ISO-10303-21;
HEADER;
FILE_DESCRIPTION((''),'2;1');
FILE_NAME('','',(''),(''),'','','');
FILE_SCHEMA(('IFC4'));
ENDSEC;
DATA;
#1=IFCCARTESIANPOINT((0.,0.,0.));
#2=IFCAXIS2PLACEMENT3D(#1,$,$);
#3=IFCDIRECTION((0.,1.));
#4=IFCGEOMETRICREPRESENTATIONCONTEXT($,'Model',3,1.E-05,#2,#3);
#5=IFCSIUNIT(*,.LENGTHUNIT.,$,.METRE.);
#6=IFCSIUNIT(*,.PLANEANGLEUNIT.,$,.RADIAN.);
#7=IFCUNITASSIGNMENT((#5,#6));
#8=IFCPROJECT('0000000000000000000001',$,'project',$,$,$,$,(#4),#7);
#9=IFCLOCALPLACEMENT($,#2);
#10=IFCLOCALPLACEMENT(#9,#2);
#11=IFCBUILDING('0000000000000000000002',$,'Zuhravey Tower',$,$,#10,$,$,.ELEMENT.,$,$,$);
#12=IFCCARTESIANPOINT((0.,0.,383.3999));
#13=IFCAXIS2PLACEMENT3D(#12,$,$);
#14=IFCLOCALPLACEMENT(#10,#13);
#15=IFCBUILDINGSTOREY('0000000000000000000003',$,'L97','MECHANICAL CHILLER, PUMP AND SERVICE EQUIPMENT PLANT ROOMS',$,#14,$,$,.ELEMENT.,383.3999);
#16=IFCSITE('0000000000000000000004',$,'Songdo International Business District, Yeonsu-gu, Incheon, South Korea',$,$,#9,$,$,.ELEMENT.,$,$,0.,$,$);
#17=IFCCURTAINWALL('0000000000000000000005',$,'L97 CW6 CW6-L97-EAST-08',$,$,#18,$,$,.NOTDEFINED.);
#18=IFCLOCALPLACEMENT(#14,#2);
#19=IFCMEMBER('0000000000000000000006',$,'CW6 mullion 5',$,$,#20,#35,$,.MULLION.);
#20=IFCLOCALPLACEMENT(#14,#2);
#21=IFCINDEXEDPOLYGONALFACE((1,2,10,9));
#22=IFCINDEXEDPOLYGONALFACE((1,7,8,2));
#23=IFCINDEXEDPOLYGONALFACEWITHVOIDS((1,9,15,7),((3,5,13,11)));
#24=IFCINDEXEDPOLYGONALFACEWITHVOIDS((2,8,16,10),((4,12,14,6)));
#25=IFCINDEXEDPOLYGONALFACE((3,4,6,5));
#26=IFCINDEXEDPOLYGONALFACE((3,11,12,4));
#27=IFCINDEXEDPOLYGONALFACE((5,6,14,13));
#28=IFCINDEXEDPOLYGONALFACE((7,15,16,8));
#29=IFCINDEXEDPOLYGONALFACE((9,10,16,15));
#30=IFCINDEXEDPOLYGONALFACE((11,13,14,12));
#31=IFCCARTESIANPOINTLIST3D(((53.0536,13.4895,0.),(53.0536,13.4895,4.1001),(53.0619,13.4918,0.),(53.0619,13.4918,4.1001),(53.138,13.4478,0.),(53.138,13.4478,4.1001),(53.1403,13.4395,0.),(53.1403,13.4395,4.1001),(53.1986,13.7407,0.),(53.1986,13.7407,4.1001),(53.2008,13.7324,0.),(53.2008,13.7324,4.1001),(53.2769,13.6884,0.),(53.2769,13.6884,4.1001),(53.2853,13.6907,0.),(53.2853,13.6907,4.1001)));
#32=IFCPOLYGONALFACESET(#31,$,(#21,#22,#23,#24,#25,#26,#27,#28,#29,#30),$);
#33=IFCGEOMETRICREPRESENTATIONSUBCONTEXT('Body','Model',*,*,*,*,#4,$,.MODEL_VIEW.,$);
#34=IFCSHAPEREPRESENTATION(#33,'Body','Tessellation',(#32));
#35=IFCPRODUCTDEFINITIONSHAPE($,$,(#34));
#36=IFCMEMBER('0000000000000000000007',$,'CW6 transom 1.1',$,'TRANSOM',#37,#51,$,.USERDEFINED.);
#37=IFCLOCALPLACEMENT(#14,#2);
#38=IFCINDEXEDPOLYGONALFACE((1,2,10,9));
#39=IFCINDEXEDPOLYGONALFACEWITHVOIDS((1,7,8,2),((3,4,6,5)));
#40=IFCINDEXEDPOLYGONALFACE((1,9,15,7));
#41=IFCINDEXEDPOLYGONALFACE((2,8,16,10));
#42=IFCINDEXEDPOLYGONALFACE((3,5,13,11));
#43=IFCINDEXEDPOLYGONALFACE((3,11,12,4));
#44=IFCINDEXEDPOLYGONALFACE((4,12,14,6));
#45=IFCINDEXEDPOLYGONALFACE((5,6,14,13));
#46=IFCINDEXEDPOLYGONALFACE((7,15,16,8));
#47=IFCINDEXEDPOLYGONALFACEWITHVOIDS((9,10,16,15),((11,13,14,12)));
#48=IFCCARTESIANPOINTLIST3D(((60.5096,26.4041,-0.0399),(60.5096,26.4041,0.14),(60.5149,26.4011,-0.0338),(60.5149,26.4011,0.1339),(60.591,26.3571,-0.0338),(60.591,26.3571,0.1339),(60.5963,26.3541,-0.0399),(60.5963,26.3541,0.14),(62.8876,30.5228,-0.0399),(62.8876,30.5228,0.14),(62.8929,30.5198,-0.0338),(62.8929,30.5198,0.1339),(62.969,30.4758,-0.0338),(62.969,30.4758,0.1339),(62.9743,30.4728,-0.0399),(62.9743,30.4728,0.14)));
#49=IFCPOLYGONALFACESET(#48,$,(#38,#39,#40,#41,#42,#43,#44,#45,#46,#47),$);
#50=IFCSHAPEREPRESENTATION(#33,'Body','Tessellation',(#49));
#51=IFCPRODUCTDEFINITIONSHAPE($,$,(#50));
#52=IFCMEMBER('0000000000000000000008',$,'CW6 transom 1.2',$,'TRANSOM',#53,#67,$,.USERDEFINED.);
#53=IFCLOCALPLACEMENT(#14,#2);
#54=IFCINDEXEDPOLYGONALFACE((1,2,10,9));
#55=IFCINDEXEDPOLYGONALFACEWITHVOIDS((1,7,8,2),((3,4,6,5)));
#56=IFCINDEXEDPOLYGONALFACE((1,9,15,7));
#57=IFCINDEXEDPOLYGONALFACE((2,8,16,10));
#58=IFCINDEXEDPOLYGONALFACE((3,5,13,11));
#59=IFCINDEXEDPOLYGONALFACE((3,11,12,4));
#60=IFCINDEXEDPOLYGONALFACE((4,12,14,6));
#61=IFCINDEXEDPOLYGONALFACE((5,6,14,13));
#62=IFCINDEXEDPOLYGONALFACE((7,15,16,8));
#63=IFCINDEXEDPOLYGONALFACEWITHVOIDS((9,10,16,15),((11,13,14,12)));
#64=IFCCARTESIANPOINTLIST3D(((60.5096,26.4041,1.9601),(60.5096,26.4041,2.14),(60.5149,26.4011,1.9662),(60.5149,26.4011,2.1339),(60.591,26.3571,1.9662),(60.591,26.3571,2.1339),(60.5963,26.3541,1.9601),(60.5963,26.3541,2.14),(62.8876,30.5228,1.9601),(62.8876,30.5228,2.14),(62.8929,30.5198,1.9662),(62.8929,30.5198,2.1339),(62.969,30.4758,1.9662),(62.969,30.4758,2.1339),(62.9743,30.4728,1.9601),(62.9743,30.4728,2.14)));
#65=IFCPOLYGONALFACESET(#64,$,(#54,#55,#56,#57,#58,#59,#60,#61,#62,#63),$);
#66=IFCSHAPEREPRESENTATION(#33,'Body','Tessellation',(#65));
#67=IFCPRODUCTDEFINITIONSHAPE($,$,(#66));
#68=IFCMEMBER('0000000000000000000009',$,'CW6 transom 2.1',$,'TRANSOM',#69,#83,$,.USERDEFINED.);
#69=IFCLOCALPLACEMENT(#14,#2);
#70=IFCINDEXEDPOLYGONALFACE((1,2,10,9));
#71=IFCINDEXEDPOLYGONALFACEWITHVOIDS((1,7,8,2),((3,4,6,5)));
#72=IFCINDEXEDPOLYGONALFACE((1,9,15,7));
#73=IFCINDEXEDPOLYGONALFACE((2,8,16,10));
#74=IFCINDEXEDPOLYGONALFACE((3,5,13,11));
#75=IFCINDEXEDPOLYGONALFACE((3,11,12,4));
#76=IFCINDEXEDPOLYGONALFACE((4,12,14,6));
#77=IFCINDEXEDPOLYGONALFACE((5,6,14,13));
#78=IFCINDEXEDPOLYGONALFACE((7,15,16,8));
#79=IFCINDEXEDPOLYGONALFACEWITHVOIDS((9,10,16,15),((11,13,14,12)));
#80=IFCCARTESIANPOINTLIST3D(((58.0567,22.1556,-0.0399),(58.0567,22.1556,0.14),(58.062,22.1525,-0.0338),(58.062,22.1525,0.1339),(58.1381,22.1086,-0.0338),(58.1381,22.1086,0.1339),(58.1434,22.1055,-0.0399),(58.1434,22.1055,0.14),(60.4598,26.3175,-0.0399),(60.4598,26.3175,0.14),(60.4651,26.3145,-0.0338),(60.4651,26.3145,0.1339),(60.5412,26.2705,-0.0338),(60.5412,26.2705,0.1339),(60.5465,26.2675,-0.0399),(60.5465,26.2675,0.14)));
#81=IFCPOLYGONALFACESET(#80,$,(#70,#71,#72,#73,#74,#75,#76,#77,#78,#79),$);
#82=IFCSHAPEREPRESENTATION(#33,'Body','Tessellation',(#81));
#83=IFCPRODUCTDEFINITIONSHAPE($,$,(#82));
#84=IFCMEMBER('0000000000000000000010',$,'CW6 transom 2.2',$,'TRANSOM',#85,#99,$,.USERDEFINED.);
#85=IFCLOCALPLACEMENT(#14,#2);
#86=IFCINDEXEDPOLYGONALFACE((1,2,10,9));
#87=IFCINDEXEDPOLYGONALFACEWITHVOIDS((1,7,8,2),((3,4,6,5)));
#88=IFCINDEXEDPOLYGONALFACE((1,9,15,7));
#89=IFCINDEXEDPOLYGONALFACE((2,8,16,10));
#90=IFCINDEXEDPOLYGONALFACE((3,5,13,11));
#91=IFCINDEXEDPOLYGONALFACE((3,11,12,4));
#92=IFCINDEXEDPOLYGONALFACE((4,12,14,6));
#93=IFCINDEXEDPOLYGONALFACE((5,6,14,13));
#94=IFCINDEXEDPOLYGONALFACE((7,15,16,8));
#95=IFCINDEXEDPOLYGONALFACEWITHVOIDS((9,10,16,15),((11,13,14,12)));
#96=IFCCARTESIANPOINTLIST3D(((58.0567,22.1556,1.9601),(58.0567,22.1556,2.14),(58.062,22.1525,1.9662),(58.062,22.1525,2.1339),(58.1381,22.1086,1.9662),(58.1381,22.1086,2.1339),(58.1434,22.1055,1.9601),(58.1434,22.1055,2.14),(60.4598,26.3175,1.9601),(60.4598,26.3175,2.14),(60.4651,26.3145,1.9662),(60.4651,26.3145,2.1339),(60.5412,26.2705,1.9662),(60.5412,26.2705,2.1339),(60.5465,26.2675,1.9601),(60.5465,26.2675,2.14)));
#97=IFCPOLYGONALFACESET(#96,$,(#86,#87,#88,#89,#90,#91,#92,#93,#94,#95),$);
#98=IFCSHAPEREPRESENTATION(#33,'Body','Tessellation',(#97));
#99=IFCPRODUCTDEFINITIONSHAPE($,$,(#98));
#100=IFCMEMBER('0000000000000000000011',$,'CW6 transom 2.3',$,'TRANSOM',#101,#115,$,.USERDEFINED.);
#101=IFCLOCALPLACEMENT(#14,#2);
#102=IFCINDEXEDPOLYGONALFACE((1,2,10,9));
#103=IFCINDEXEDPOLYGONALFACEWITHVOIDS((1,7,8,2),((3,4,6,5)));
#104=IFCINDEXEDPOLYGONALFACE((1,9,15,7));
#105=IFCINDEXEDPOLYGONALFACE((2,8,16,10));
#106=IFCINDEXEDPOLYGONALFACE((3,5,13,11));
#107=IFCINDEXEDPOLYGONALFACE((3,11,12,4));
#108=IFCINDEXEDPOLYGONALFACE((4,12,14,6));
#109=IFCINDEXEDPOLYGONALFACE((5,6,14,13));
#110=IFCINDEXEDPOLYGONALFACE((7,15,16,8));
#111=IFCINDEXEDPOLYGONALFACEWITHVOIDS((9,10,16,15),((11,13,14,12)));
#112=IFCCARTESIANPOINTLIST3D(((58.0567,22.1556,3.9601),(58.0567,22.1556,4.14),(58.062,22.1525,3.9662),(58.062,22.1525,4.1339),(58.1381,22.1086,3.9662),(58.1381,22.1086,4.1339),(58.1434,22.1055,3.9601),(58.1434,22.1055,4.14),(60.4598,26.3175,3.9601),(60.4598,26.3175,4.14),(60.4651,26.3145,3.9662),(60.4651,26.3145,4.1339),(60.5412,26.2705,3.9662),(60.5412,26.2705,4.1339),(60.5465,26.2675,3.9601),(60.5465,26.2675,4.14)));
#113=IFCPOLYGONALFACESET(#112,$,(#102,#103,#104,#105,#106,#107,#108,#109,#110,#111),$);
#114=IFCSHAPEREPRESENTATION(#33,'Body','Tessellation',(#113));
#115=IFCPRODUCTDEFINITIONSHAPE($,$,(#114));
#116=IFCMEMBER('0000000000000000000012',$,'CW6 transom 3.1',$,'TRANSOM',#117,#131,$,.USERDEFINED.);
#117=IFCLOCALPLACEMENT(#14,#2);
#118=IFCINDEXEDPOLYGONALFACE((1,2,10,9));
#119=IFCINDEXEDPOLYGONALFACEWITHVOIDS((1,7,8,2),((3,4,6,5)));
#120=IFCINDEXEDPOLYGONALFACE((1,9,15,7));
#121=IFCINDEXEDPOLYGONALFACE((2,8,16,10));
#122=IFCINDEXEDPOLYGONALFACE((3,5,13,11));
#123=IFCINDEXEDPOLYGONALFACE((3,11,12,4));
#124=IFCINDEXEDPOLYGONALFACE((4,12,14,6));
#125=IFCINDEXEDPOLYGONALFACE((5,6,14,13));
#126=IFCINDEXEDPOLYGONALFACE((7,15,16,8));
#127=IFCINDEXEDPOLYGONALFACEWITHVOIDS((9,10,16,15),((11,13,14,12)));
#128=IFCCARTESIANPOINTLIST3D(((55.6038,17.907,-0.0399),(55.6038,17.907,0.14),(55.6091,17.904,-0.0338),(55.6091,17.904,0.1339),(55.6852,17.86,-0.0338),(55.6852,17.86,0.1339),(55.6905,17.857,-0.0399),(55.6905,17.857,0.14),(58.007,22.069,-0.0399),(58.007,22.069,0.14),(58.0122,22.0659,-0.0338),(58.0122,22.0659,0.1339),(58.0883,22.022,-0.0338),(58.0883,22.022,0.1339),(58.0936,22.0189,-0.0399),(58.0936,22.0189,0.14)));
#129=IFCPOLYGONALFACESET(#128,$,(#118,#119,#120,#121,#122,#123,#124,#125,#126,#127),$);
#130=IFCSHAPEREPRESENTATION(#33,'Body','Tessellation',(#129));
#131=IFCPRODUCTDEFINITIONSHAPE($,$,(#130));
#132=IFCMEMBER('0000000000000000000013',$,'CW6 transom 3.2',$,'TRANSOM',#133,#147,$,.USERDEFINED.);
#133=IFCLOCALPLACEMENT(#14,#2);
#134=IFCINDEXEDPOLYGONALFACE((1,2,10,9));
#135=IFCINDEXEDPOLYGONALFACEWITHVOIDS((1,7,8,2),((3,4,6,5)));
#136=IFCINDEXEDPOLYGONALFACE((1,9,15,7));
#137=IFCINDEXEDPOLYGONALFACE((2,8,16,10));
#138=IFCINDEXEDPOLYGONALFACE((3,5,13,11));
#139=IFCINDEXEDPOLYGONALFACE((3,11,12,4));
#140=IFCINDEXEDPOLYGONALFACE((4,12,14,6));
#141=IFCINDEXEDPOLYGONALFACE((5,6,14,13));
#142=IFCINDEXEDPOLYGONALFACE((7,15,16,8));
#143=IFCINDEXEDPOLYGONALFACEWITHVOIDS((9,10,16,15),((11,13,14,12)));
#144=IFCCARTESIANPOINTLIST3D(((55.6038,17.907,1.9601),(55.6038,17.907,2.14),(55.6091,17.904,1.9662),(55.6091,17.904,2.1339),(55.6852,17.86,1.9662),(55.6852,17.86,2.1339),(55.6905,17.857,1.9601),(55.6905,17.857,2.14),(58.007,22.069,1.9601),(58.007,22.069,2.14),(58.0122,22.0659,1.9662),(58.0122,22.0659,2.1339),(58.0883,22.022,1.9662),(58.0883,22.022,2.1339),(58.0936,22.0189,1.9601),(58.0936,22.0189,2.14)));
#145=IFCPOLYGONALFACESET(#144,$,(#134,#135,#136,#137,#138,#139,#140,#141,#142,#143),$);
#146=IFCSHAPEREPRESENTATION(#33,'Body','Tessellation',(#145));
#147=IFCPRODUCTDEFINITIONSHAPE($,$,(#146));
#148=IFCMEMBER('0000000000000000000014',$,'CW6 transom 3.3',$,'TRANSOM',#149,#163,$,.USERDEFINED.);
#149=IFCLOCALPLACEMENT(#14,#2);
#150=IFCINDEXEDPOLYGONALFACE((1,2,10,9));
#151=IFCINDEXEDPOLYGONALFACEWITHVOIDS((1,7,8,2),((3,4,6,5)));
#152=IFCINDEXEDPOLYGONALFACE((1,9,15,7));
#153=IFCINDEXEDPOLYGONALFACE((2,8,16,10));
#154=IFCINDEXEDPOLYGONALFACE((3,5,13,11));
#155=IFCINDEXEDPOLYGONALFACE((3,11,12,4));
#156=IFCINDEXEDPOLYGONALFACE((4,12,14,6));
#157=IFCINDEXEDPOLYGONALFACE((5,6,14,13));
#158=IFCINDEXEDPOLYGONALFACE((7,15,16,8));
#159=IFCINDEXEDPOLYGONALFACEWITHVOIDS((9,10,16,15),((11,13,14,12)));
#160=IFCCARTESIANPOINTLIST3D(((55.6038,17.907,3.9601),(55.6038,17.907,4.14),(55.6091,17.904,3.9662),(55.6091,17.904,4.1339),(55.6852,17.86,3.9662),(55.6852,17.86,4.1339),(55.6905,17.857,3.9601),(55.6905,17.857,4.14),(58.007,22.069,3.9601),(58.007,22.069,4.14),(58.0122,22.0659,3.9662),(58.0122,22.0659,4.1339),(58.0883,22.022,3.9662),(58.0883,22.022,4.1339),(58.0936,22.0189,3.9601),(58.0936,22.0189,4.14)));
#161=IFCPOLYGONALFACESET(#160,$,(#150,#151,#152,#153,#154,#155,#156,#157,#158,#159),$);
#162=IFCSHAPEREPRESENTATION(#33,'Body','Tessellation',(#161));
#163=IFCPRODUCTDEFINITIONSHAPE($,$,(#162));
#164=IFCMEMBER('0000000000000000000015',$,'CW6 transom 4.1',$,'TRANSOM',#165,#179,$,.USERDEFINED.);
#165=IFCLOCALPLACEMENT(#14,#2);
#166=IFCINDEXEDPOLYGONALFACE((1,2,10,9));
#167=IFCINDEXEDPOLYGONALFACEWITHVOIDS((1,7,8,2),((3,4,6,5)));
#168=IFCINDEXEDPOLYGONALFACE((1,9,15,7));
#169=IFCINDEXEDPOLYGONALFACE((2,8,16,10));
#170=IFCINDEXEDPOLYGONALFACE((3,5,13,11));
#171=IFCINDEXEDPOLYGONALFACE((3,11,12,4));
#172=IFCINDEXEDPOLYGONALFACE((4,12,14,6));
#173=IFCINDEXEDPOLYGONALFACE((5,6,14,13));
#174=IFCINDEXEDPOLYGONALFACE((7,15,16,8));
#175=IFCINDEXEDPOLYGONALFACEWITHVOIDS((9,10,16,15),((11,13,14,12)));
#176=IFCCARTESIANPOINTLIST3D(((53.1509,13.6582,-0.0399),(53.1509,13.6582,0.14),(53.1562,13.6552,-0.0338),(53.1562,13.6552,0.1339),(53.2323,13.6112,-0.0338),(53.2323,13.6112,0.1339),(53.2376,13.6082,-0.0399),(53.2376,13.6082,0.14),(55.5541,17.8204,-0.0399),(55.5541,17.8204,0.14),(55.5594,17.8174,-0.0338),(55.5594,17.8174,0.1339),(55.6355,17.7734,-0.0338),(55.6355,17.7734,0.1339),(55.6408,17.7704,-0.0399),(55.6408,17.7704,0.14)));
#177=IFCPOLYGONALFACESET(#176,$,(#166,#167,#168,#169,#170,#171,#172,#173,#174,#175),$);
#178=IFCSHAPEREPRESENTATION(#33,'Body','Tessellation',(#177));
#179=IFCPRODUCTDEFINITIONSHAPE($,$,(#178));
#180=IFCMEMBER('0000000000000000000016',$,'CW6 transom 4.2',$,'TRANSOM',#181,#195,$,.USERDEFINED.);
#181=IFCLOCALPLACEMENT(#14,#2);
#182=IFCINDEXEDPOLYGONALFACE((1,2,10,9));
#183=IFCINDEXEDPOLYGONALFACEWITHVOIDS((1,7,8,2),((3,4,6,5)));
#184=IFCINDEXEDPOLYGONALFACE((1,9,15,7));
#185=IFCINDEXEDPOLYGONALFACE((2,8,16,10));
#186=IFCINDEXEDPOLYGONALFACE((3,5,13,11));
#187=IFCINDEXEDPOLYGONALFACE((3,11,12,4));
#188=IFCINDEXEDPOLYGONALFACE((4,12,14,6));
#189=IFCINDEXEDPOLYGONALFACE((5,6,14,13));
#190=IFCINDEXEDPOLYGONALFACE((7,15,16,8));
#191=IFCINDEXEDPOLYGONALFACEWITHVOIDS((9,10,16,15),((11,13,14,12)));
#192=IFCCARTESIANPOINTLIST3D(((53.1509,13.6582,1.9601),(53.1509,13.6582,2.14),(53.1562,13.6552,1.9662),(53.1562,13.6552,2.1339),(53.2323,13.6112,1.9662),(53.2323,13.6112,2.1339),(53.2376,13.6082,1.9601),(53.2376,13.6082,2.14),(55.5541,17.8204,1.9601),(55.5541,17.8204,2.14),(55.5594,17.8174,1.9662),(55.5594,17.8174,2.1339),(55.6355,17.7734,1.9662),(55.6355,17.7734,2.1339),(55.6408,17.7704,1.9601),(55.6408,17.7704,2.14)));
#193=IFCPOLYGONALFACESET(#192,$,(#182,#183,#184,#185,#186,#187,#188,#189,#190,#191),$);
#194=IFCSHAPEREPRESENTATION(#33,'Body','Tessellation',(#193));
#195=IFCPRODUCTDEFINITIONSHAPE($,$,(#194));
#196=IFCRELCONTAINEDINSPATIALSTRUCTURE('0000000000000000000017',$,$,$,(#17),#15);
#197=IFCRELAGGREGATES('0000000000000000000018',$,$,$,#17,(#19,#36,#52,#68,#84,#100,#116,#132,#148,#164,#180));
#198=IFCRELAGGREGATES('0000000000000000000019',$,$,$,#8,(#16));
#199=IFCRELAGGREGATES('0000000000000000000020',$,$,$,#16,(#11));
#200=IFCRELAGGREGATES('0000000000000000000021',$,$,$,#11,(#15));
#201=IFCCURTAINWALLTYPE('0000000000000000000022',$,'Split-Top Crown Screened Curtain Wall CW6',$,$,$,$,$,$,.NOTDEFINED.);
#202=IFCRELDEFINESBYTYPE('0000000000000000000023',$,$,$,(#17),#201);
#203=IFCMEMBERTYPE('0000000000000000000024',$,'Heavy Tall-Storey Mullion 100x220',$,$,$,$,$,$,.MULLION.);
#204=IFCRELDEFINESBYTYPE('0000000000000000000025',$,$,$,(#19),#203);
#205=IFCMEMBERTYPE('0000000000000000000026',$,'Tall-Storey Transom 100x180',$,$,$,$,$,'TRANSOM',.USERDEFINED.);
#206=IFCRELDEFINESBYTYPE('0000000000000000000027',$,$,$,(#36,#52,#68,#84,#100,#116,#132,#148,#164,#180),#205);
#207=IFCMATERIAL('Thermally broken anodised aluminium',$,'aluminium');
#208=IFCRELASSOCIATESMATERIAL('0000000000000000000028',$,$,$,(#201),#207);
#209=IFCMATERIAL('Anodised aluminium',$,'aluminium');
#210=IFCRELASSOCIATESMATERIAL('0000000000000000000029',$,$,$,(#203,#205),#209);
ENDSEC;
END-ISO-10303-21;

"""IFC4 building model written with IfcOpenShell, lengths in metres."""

from ifc_helpers import new_model, si_unit, direction, frame, origin, origin_2d, place, context, subcontext, project, spatial, hollow_rectangle, extrude, material, material_profile, profile_set, type_object, element, aggregate, save


model = new_model("IFC4")

# Units and contexts
model_context = context("Model", 3, precision=1e-05, world=origin(), true_north=direction((0.0, 1.0)))
body_context = subcontext(model_context, "Body", "Model", "MODEL_VIEW")
ifc_project = project(units=[si_unit("LENGTHUNIT", "METRE"), si_unit("PLANEANGLEUNIT", "RADIAN")], contexts=[model_context])

# Site, building, storey
site_placement = place(None, origin())
site = spatial("IfcSite", under=ifc_project, at=site_placement, Name="Songdo International Business District, Yeonsu-gu, Incheon, South Korea", CompositionType="ELEMENT", RefElevation=0.0)
building_placement = place(site_placement, origin())
building = spatial("IfcBuilding", under=site, at=building_placement, Name="Zuhravey Tower", CompositionType="ELEMENT")
storey_placement = place(building_placement, frame((0.0, 0.0, 383.3999)))
storey = spatial("IfcBuildingStorey", under=building, at=storey_placement, Name="L97", Description="MECHANICAL CHILLER, PUMP AND SERVICE EQUIPMENT PLANT ROOMS", CompositionType="ELEMENT", Elevation=383.3999)

# Curtain wall, members
ifc_material_1 = material(Name="Thermally broken anodised aluminium", Category="aluminium")
curtain_wall_type = type_object("IfcCurtainWallType", Name="Split-Top Crown Screened Curtain Wall CW6", PredefinedType="NOTDEFINED", material=ifc_material_1)
curtain_wall_placement = place(storey_placement, origin())
curtain_wall = element("IfcCurtainWall", 1, at=curtain_wall_placement, inside=storey, type_object=curtain_wall_type, Name="L97 CW6 CW6-L97-EAST-08", PredefinedType="NOTDEFINED")
ifc_material_2 = material(Name="Anodised aluminium", Category="aluminium")
ifc_material_profile_1 = material_profile(ifc_material_2, hollow_rectangle(XDim=0.1001, YDim=0.29, WallThickness=0.0061, at=origin_2d()), Name="ALU-RHS-100x290x6")
ifc_profile_set_1 = profile_set([ifc_material_profile_1], Name="Anodised aluminium")
member_type_1 = type_object("IfcMemberType", Name="Heavy Tall-Storey Mullion 100x220", PredefinedType="MULLION", material=ifc_profile_set_1)
member_1_placement = place(storey_placement, frame((53.1694, 13.5901, 0.0), z_axis=(0.0, 0.0, 1.0), x_axis=(0.866027, -0.499997, 0.0)))
member_1 = element("IfcMember", 2, at=member_1_placement, type_object=member_type_1, Name="CW6 mullion 5", PredefinedType="MULLION", context=body_context, shape_type="SweptSolid", body=[
    extrude(hollow_rectangle(XDim=0.1001, YDim=0.29, WallThickness=0.0061, at=origin_2d()), origin(), (0.0, 0.0, 1.0), 4.1001),
])
ifc_material_profile_2 = material_profile(ifc_material_2, hollow_rectangle(XDim=0.1001, YDim=0.1799, WallThickness=0.0061, at=origin_2d()), Name="ALU-RHS-100x180x6")
ifc_profile_set_2 = profile_set([ifc_material_profile_2], Name="Anodised aluminium")
member_type_2 = type_object("IfcMemberType", Name="Tall-Storey Transom 100x180", ElementType="TRANSOM", PredefinedType="USERDEFINED", material=ifc_profile_set_2)
member_2_placement = place(storey_placement, frame((62.9309, 30.4978, 0.05), z_axis=(-0.500004, -0.866023, 0.0), x_axis=(0.866023, -0.500004, 0.0)))
member_2 = element("IfcMember", 3, at=member_2_placement, type_object=member_type_2, Name="CW6 transom 1.1", ObjectType="TRANSOM", PredefinedType="USERDEFINED", context=body_context, shape_type="SweptSolid", body=[
    extrude(hollow_rectangle(XDim=0.1001, YDim=0.1799, WallThickness=0.0061, at=origin_2d()), origin(), (0.0, 0.0, 1.0), 4.7559),
])
member_3_placement = place(storey_placement, frame((62.9309, 30.4978, 2.05), z_axis=(-0.500004, -0.866023, 0.0), x_axis=(0.866023, -0.500004, 0.0)))
member_3 = element("IfcMember", 4, at=member_3_placement, type_object=member_type_2, Name="CW6 transom 1.2", ObjectType="TRANSOM", PredefinedType="USERDEFINED", context=body_context, shape_type="SweptSolid", body=[
    extrude(hollow_rectangle(XDim=0.1001, YDim=0.1799, WallThickness=0.0061, at=origin_2d()), origin(), (0.0, 0.0, 1.0), 4.7559),
])
member_4_placement = place(storey_placement, frame((60.5032, 26.2925, 0.05), z_axis=(-0.500035, -0.866005, 0.0), x_axis=(0.866005, -0.500035, 0.0)))
member_4 = element("IfcMember", 5, at=member_4_placement, type_object=member_type_2, Name="CW6 transom 2.1", ObjectType="TRANSOM", PredefinedType="USERDEFINED", context=body_context, shape_type="SweptSolid", body=[
    extrude(hollow_rectangle(XDim=0.1001, YDim=0.1799, WallThickness=0.0061, at=origin_2d()), origin(), (0.0, 0.0, 1.0), 4.8059),
])
member_5_placement = place(storey_placement, frame((60.5032, 26.2925, 2.05), z_axis=(-0.500035, -0.866005, 0.0), x_axis=(0.866005, -0.500035, 0.0)))
member_5 = element("IfcMember", 6, at=member_5_placement, type_object=member_type_2, Name="CW6 transom 2.2", ObjectType="TRANSOM", PredefinedType="USERDEFINED", context=body_context, shape_type="SweptSolid", body=[
    extrude(hollow_rectangle(XDim=0.1001, YDim=0.1799, WallThickness=0.0061, at=origin_2d()), origin(), (0.0, 0.0, 1.0), 4.8059),
])
member_6_placement = place(storey_placement, frame((60.5032, 26.2925, 4.05), z_axis=(-0.500035, -0.866005, 0.0), x_axis=(0.866005, -0.500035, 0.0)))
member_6 = element("IfcMember", 7, at=member_6_placement, type_object=member_type_2, Name="CW6 transom 2.3", ObjectType="TRANSOM", PredefinedType="USERDEFINED", context=body_context, shape_type="SweptSolid", body=[
    extrude(hollow_rectangle(XDim=0.1001, YDim=0.1799, WallThickness=0.0061, at=origin_2d()), origin(), (0.0, 0.0, 1.0), 4.8059),
])
member_7_placement = place(storey_placement, frame((58.0503, 22.0439, 0.05), z_axis=(-0.500035, -0.866005, 0.0), x_axis=(0.866005, -0.500035, 0.0)))
member_7 = element("IfcMember", 8, at=member_7_placement, type_object=member_type_2, Name="CW6 transom 3.1", ObjectType="TRANSOM", PredefinedType="USERDEFINED", context=body_context, shape_type="SweptSolid", body=[
    extrude(hollow_rectangle(XDim=0.1001, YDim=0.1799, WallThickness=0.0061, at=origin_2d()), origin(), (0.0, 0.0, 1.0), 4.8059),
])
member_8_placement = place(storey_placement, frame((58.0503, 22.0439, 2.05), z_axis=(-0.500035, -0.866005, 0.0), x_axis=(0.866005, -0.500035, 0.0)))
member_8 = element("IfcMember", 9, at=member_8_placement, type_object=member_type_2, Name="CW6 transom 3.2", ObjectType="TRANSOM", PredefinedType="USERDEFINED", context=body_context, shape_type="SweptSolid", body=[
    extrude(hollow_rectangle(XDim=0.1001, YDim=0.1799, WallThickness=0.0061, at=origin_2d()), origin(), (0.0, 0.0, 1.0), 4.8059),
])
member_9_placement = place(storey_placement, frame((58.0503, 22.0439, 4.05), z_axis=(-0.500035, -0.866005, 0.0), x_axis=(0.866005, -0.500035, 0.0)))
member_9 = element("IfcMember", 10, at=member_9_placement, type_object=member_type_2, Name="CW6 transom 3.3", ObjectType="TRANSOM", PredefinedType="USERDEFINED", context=body_context, shape_type="SweptSolid", body=[
    extrude(hollow_rectangle(XDim=0.1001, YDim=0.1799, WallThickness=0.0061, at=origin_2d()), origin(), (0.0, 0.0, 1.0), 4.8059),
])
member_10_placement = place(storey_placement, frame((55.5974, 17.7954, 0.05), z_axis=(-0.500013, -0.866018, 0.0), x_axis=(0.866018, -0.500013, 0.0)))
member_10 = element("IfcMember", 11, at=member_10_placement, type_object=member_type_2, Name="CW6 transom 4.1", ObjectType="TRANSOM", PredefinedType="USERDEFINED", context=body_context, shape_type="SweptSolid", body=[
    extrude(hollow_rectangle(XDim=0.1001, YDim=0.1799, WallThickness=0.0061, at=origin_2d()), origin(), (0.0, 0.0, 1.0), 4.8062),
])
member_11_placement = place(storey_placement, frame((55.5974, 17.7954, 2.05), z_axis=(-0.500013, -0.866018, 0.0), x_axis=(0.866018, -0.500013, 0.0)))
member_11 = element("IfcMember", 12, at=member_11_placement, type_object=member_type_2, Name="CW6 transom 4.2", ObjectType="TRANSOM", PredefinedType="USERDEFINED", context=body_context, shape_type="SweptSolid", body=[
    extrude(hollow_rectangle(XDim=0.1001, YDim=0.1799, WallThickness=0.0061, at=origin_2d()), origin(), (0.0, 0.0, 1.0), 4.8062),
])
aggregate(curtain_wall, [member_1, member_2, member_3, member_4, member_5, member_6, member_7, member_8, member_9, member_10, member_11])

save(model, "model.ifc")
